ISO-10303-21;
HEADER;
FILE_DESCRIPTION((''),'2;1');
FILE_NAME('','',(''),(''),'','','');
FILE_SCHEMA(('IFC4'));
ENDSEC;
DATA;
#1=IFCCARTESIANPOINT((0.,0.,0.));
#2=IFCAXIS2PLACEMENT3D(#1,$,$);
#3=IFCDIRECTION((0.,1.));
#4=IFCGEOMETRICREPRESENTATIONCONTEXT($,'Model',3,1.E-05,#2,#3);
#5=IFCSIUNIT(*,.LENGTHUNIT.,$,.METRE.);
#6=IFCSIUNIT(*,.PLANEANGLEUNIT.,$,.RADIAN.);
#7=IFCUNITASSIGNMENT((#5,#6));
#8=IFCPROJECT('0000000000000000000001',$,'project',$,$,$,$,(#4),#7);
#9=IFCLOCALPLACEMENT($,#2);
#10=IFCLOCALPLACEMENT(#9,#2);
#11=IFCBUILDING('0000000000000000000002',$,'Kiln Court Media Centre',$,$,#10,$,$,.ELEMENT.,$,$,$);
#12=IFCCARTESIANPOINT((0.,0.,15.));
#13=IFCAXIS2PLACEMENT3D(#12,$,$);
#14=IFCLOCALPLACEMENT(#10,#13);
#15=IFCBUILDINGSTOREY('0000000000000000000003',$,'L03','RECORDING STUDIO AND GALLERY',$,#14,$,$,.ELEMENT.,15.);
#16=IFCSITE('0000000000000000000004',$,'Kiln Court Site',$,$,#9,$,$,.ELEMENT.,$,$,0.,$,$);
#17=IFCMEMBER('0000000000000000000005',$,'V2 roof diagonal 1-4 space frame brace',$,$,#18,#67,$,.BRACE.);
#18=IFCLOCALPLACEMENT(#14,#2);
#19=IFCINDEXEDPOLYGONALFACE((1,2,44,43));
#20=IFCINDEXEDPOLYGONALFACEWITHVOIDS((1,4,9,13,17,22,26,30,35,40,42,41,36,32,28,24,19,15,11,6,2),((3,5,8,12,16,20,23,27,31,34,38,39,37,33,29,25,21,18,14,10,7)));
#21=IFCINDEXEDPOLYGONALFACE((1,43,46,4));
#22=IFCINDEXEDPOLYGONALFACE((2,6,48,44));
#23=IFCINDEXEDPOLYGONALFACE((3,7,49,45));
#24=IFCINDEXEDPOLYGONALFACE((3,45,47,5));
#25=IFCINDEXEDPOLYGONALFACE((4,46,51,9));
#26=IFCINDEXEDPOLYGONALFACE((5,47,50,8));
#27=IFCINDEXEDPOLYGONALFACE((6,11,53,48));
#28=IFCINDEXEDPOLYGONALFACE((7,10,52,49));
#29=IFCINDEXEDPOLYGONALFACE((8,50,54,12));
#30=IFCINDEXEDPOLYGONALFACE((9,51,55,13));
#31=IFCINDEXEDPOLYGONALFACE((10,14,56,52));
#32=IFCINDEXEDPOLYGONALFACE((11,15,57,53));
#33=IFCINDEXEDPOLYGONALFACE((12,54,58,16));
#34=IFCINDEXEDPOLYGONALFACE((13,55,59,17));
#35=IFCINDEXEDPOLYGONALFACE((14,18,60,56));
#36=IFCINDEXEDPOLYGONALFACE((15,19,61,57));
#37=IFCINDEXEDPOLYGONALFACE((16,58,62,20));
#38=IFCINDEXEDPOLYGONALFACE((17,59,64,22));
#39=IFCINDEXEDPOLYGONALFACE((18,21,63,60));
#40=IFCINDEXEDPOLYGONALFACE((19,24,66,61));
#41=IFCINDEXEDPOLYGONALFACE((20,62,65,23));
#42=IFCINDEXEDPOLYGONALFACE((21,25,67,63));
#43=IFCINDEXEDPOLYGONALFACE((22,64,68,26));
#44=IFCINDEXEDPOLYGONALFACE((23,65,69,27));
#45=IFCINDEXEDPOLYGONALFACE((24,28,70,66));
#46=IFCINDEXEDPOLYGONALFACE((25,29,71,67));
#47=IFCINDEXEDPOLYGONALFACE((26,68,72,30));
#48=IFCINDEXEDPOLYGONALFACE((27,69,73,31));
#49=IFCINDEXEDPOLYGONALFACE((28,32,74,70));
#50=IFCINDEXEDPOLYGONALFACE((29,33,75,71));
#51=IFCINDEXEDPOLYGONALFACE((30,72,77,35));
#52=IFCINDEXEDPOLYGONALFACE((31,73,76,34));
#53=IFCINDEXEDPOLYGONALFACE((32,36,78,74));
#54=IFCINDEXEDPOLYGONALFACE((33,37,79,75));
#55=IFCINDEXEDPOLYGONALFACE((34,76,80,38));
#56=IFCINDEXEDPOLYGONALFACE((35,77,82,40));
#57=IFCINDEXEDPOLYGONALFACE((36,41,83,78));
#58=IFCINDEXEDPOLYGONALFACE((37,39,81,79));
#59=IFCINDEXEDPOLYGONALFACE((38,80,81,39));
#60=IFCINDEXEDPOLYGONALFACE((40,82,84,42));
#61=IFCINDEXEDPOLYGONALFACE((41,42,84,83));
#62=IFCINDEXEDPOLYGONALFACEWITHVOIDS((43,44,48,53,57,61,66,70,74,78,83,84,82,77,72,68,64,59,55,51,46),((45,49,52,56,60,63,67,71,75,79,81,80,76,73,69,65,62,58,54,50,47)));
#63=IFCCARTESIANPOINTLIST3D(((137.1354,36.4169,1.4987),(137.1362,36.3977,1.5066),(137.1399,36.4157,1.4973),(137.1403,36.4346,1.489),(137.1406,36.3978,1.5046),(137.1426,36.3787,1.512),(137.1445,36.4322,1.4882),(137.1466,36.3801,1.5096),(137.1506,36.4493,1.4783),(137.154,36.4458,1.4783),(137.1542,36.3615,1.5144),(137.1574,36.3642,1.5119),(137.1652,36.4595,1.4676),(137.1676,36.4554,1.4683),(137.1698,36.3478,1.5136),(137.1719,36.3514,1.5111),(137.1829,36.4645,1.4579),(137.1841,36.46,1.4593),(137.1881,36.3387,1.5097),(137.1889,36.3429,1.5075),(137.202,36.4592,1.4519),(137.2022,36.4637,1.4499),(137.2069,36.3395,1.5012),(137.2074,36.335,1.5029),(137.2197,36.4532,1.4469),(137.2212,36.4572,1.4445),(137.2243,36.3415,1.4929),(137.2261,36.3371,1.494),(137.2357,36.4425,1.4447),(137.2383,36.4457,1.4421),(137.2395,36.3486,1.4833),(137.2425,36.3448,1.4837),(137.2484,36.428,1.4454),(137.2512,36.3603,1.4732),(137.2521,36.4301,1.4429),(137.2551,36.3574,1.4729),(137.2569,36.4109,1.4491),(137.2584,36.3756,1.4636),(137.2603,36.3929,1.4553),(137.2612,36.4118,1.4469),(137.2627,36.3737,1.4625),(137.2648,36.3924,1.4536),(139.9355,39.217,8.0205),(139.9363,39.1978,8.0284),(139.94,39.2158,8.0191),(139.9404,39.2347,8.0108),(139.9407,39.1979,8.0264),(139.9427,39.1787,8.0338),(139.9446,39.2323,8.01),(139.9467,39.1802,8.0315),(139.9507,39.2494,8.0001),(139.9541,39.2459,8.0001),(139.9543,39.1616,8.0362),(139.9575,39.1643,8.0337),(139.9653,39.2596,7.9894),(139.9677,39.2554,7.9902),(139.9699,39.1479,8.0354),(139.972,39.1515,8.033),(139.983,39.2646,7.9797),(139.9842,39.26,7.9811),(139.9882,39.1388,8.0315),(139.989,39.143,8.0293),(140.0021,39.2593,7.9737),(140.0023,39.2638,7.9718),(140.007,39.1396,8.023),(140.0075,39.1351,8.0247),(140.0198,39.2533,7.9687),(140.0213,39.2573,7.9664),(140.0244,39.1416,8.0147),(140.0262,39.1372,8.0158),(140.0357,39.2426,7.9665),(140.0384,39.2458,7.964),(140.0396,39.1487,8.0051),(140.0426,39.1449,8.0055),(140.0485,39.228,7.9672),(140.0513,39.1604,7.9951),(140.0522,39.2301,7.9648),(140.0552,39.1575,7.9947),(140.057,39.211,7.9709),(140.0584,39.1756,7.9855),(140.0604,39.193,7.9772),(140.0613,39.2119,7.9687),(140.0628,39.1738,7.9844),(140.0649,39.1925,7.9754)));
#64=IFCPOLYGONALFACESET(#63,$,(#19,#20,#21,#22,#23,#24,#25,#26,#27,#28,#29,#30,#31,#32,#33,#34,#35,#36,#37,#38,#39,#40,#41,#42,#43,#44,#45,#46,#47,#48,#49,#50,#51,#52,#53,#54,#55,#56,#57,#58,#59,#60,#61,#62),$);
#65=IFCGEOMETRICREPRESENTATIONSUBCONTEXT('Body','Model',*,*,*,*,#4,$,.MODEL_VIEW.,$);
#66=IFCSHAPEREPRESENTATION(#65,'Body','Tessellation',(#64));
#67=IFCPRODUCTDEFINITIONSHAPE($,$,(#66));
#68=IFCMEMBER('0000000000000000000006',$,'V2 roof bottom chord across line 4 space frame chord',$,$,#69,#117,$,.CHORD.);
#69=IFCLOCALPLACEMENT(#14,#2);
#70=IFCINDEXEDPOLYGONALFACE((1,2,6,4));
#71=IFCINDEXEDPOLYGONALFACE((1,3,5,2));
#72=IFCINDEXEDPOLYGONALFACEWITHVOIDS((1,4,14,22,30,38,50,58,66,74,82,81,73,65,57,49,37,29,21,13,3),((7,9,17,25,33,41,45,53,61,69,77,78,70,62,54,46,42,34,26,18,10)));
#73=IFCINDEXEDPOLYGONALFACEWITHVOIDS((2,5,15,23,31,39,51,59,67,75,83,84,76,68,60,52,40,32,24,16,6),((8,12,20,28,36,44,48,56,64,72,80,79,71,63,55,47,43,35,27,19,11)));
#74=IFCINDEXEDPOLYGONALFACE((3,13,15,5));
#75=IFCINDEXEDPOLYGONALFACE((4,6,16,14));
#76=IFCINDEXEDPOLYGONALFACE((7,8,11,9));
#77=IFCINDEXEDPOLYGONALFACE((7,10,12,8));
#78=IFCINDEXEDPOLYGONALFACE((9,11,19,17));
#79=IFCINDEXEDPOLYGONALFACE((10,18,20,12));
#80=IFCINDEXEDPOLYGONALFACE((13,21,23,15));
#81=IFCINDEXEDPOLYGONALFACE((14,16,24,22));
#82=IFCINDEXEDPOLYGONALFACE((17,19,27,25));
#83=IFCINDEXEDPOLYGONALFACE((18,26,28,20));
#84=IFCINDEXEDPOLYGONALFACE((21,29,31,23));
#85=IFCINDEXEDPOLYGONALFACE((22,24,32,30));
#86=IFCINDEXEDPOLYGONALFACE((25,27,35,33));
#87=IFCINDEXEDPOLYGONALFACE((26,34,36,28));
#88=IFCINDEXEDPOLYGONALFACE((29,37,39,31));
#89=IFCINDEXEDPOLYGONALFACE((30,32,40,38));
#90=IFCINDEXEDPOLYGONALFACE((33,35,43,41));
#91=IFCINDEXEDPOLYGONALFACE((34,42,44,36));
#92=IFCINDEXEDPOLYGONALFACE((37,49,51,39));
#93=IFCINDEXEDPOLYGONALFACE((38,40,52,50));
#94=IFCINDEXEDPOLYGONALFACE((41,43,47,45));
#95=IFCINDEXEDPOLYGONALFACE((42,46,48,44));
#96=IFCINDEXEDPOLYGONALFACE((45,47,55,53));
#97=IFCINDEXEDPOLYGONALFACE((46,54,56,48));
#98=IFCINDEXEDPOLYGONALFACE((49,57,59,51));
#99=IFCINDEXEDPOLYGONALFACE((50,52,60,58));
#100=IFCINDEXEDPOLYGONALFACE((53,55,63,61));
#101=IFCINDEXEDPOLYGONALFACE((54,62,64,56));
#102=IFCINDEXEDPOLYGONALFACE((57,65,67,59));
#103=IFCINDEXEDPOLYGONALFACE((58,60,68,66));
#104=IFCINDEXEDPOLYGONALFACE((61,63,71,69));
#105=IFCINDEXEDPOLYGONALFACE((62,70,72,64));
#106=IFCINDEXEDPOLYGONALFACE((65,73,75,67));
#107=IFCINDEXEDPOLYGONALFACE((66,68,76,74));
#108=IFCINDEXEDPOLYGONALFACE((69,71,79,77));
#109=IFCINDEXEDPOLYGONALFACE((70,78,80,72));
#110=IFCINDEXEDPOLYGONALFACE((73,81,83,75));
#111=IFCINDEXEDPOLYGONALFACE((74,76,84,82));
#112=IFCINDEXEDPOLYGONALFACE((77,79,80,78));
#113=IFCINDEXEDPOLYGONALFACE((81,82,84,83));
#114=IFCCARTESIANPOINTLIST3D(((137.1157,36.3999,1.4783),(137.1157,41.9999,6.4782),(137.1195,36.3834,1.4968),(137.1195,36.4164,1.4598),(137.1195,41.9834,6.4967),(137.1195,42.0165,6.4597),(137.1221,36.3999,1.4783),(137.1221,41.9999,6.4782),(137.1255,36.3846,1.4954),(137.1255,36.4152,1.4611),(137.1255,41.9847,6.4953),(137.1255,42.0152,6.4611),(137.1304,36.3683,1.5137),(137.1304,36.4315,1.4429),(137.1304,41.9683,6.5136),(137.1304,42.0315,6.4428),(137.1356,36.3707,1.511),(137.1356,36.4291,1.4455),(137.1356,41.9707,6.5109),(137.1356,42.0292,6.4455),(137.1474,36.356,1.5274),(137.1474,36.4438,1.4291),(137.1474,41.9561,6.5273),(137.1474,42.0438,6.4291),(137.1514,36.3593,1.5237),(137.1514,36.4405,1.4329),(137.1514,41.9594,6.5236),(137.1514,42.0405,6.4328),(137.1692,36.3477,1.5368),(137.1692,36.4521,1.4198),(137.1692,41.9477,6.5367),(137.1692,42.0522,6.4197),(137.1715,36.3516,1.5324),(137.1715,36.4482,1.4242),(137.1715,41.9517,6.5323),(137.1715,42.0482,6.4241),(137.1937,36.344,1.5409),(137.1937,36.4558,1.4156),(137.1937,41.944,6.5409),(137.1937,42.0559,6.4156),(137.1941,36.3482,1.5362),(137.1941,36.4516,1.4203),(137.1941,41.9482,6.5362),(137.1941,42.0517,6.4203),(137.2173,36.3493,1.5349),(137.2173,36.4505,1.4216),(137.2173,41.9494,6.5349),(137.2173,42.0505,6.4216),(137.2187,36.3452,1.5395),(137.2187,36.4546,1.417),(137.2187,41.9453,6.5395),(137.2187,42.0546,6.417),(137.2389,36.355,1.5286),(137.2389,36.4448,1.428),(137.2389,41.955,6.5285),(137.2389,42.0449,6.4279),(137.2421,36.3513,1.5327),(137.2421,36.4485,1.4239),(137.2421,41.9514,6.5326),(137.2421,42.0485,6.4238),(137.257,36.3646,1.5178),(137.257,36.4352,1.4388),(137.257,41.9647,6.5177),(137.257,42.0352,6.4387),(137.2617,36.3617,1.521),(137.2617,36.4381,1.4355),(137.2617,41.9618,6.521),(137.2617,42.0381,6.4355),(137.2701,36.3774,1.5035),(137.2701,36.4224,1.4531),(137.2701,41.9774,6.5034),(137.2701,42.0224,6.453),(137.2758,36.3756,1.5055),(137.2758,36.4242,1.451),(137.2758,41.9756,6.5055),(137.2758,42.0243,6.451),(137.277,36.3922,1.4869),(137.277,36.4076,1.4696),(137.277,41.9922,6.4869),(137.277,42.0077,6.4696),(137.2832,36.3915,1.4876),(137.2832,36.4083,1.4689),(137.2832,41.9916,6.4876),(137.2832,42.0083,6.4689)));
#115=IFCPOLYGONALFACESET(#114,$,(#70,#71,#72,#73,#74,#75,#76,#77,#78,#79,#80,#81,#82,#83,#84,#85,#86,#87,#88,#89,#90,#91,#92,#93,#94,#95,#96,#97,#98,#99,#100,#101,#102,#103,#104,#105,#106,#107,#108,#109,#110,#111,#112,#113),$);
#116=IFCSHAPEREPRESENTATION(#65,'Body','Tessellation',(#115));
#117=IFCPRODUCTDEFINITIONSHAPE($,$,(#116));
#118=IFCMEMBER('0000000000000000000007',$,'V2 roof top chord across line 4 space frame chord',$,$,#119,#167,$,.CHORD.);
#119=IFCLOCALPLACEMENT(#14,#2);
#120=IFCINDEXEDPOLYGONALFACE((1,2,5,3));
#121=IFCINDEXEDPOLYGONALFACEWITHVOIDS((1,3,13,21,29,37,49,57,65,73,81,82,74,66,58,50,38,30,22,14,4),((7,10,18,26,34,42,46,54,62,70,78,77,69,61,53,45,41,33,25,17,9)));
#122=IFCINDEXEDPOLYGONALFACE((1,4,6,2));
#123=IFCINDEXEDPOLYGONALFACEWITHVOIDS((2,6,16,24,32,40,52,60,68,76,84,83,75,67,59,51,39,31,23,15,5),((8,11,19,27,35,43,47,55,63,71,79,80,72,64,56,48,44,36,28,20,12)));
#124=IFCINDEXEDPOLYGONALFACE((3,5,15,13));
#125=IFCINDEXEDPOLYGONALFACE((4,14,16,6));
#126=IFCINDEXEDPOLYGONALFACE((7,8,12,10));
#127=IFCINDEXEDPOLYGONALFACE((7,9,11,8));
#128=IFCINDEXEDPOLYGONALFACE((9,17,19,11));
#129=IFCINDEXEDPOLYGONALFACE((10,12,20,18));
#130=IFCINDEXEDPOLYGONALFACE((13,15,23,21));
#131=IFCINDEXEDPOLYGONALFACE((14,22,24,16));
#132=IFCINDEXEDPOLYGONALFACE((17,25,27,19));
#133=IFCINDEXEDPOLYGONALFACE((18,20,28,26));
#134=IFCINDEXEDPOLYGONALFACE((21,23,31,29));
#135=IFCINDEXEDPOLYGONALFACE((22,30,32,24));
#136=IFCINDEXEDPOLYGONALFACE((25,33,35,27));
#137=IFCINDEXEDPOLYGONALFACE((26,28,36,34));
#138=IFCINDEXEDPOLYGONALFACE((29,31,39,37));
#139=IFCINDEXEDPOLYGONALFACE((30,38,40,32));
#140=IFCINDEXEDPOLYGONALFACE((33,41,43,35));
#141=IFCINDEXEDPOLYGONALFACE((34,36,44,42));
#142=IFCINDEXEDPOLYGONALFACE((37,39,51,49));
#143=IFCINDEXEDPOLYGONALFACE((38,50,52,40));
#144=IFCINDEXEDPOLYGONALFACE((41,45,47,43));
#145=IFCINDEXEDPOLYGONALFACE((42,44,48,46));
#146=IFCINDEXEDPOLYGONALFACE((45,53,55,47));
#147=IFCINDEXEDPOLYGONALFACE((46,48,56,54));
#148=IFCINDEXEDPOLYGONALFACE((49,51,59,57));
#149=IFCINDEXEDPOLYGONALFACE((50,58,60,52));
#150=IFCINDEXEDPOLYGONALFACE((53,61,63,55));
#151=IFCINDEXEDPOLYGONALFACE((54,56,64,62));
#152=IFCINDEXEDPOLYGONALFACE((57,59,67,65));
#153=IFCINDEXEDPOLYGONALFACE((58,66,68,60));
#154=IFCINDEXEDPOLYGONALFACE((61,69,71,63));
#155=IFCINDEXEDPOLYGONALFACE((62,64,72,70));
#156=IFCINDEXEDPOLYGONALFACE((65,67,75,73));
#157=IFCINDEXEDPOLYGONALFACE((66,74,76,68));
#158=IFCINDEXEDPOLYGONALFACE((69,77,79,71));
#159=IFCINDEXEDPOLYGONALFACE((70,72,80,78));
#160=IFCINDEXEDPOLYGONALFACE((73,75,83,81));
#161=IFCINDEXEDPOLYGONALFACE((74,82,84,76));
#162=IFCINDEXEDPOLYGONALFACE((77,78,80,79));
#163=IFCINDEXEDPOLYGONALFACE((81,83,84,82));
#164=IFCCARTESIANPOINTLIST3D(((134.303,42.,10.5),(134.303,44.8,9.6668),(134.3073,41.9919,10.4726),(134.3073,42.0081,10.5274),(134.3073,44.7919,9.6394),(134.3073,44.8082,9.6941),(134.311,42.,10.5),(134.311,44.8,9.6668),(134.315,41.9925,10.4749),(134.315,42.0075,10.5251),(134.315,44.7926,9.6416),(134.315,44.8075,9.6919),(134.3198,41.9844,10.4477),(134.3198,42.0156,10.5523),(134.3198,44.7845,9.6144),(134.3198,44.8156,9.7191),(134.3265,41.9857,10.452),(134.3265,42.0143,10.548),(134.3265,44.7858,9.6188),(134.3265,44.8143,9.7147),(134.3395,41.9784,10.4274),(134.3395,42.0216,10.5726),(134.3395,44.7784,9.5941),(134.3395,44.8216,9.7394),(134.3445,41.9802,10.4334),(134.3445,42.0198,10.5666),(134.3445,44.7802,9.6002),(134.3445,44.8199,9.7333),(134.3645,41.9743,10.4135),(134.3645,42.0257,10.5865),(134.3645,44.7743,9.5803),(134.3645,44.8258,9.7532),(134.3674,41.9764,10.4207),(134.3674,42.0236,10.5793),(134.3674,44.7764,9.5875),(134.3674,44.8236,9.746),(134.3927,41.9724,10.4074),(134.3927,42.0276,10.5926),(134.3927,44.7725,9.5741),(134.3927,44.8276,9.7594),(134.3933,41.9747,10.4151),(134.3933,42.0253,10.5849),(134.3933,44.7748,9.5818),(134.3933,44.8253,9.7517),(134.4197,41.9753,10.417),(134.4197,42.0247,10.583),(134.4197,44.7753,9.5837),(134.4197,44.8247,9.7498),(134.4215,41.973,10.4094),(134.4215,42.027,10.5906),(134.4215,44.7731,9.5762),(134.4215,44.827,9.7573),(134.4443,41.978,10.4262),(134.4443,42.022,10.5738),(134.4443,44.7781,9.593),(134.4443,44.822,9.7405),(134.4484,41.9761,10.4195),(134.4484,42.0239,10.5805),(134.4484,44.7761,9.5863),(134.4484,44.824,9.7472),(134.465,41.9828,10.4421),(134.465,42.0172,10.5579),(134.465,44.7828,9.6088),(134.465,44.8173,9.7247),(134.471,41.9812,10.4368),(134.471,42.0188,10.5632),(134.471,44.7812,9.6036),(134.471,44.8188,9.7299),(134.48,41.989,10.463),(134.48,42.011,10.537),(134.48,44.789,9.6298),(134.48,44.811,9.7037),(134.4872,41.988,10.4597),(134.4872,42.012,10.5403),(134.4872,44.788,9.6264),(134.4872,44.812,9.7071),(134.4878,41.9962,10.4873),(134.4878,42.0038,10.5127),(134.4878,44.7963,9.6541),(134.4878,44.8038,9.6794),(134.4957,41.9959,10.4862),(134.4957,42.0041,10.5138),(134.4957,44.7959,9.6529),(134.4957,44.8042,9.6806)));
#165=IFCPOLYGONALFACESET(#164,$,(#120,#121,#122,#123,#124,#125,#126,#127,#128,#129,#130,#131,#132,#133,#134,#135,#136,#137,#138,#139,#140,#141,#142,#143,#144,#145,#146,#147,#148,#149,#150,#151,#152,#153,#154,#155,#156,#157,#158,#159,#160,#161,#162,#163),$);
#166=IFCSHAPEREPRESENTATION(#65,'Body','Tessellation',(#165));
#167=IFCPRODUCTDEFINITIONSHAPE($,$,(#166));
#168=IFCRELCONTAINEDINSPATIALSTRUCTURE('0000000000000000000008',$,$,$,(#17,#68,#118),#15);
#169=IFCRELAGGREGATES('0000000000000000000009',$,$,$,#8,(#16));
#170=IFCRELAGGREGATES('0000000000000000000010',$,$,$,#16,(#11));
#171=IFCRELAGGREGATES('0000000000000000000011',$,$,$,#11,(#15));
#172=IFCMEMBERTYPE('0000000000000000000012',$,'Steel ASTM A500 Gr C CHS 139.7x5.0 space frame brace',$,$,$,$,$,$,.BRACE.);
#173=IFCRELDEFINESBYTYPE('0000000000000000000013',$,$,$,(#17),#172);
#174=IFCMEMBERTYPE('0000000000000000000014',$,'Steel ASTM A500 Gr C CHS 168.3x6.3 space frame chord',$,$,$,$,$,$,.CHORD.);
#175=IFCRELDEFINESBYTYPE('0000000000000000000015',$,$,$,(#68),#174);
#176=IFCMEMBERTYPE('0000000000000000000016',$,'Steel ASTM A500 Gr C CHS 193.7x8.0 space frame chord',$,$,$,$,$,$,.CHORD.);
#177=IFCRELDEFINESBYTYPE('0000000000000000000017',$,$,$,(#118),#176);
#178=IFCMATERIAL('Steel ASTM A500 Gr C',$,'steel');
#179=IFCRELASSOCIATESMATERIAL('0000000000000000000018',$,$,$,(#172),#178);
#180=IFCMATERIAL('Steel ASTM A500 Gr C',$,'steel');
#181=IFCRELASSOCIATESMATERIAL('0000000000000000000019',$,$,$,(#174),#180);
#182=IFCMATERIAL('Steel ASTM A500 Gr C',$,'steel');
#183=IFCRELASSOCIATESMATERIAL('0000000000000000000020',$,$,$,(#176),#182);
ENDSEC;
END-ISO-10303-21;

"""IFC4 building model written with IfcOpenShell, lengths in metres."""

from ifc_helpers import new_model, si_unit, direction, frame, origin, origin_2d, place, context, subcontext, project, spatial, hollow_circle, extrude, material, material_profile, profile_set, type_object, element, save


model = new_model("IFC4")

# Units and contexts
model_context = context("Model", 3, precision=1e-05, world=origin(), true_north=direction((0.0, 1.0)))
body_context = subcontext(model_context, "Body", "Model", "MODEL_VIEW")
ifc_project = project(units=[si_unit("LENGTHUNIT", "METRE"), si_unit("PLANEANGLEUNIT", "RADIAN")], contexts=[model_context])

# Site, building, storey
site_placement = place(None, origin())
site = spatial("IfcSite", under=ifc_project, at=site_placement, Name="Kiln Court Site", CompositionType="ELEMENT", RefElevation=0.0)
building_placement = place(site_placement, origin())
building = spatial("IfcBuilding", under=site, at=building_placement, Name="Kiln Court Media Centre", CompositionType="ELEMENT")
storey_placement = place(building_placement, frame((0.0, 0.0, 15.0)))
storey = spatial("IfcBuildingStorey", under=building, at=storey_placement, Name="L03", Description="RECORDING STUDIO AND GALLERY", CompositionType="ELEMENT", Elevation=15.0)

# Members
ifc_material_1 = material(Name="Steel ASTM A500 Gr C", Category="steel")
ifc_material_profile_1 = material_profile(ifc_material_1, hollow_circle(Radius=0.0698, WallThickness=0.0049, at=origin_2d()), Name="CHS 139.7x5.0")
ifc_profile_set_1 = profile_set([ifc_material_profile_1], Name="Steel ASTM A500 Gr C")
member_type_1 = type_object("IfcMemberType", Name="Steel ASTM A500 Gr C CHS 139.7x5.0 space frame brace", PredefinedType="BRACE", material=ifc_profile_set_1)
member_1_placement = place(storey_placement, frame((137.2, 36.3999, 1.4783), z_axis=(0.36699, 0.36699, 0.854773), x_axis=(-0.707107, 0.707107, 0.0)))
element("IfcMember", 1, at=member_1_placement, inside=storey, type_object=member_type_1, Name="V2 roof diagonal 1-4 space frame brace", PredefinedType="BRACE", context=body_context, shape_type="SweptSolid", body=[
    extrude(hollow_circle(Radius=0.0698, WallThickness=0.0049, at=origin_2d()), origin(), (0.0, 0.0, 1.0), 7.6299),
])
ifc_material_2 = material(Name="Steel ASTM A500 Gr C", Category="steel")
ifc_material_profile_2 = material_profile(ifc_material_2, hollow_circle(Radius=0.0842, WallThickness=0.0063, at=origin_2d()), Name="CHS 168.3x6.3")
ifc_profile_set_2 = profile_set([ifc_material_profile_2], Name="Steel ASTM A500 Gr C")
member_type_2 = type_object("IfcMemberType", Name="Steel ASTM A500 Gr C CHS 168.3x6.3 space frame chord", PredefinedType="CHORD", material=ifc_profile_set_2)
member_2_placement = place(storey_placement, frame((137.2, 36.3999, 1.4783), z_axis=(0.0, 0.745943, 0.666009), x_axis=(-1.0, 0.0, 0.0)))
element("IfcMember", 2, at=member_2_placement, inside=storey, type_object=member_type_2, Name="V2 roof bottom chord across line 4 space frame chord", PredefinedType="CHORD", context=body_context, shape_type="SweptSolid", body=[
    extrude(hollow_circle(Radius=0.0842, WallThickness=0.0063, at=origin_2d()), origin(), (0.0, 0.0, 1.0), 7.5073),
])
ifc_material_3 = material(Name="Steel ASTM A500 Gr C", Category="steel")
ifc_material_profile_3 = material_profile(ifc_material_3, hollow_circle(Radius=0.0969, WallThickness=0.0081, at=origin_2d()), Name="CHS 193.7x8.0")
ifc_profile_set_3 = profile_set([ifc_material_profile_3], Name="Steel ASTM A500 Gr C")
member_type_3 = type_object("IfcMemberType", Name="Steel ASTM A500 Gr C CHS 193.7x8.0 space frame chord", PredefinedType="CHORD", material=ifc_profile_set_3)
member_3_placement = place(storey_placement, frame((134.3999, 42.0, 10.5), z_axis=(0.0, 0.958461, -0.285223), x_axis=(-1.0, 0.0, 0.0)))
element("IfcMember", 3, at=member_3_placement, inside=storey, type_object=member_type_3, Name="V2 roof top chord across line 4 space frame chord", PredefinedType="CHORD", context=body_context, shape_type="SweptSolid", body=[
    extrude(hollow_circle(Radius=0.0969, WallThickness=0.0081, at=origin_2d()), origin(), (0.0, 0.0, 1.0), 2.9214),
])

save(model, "model.ifc")
